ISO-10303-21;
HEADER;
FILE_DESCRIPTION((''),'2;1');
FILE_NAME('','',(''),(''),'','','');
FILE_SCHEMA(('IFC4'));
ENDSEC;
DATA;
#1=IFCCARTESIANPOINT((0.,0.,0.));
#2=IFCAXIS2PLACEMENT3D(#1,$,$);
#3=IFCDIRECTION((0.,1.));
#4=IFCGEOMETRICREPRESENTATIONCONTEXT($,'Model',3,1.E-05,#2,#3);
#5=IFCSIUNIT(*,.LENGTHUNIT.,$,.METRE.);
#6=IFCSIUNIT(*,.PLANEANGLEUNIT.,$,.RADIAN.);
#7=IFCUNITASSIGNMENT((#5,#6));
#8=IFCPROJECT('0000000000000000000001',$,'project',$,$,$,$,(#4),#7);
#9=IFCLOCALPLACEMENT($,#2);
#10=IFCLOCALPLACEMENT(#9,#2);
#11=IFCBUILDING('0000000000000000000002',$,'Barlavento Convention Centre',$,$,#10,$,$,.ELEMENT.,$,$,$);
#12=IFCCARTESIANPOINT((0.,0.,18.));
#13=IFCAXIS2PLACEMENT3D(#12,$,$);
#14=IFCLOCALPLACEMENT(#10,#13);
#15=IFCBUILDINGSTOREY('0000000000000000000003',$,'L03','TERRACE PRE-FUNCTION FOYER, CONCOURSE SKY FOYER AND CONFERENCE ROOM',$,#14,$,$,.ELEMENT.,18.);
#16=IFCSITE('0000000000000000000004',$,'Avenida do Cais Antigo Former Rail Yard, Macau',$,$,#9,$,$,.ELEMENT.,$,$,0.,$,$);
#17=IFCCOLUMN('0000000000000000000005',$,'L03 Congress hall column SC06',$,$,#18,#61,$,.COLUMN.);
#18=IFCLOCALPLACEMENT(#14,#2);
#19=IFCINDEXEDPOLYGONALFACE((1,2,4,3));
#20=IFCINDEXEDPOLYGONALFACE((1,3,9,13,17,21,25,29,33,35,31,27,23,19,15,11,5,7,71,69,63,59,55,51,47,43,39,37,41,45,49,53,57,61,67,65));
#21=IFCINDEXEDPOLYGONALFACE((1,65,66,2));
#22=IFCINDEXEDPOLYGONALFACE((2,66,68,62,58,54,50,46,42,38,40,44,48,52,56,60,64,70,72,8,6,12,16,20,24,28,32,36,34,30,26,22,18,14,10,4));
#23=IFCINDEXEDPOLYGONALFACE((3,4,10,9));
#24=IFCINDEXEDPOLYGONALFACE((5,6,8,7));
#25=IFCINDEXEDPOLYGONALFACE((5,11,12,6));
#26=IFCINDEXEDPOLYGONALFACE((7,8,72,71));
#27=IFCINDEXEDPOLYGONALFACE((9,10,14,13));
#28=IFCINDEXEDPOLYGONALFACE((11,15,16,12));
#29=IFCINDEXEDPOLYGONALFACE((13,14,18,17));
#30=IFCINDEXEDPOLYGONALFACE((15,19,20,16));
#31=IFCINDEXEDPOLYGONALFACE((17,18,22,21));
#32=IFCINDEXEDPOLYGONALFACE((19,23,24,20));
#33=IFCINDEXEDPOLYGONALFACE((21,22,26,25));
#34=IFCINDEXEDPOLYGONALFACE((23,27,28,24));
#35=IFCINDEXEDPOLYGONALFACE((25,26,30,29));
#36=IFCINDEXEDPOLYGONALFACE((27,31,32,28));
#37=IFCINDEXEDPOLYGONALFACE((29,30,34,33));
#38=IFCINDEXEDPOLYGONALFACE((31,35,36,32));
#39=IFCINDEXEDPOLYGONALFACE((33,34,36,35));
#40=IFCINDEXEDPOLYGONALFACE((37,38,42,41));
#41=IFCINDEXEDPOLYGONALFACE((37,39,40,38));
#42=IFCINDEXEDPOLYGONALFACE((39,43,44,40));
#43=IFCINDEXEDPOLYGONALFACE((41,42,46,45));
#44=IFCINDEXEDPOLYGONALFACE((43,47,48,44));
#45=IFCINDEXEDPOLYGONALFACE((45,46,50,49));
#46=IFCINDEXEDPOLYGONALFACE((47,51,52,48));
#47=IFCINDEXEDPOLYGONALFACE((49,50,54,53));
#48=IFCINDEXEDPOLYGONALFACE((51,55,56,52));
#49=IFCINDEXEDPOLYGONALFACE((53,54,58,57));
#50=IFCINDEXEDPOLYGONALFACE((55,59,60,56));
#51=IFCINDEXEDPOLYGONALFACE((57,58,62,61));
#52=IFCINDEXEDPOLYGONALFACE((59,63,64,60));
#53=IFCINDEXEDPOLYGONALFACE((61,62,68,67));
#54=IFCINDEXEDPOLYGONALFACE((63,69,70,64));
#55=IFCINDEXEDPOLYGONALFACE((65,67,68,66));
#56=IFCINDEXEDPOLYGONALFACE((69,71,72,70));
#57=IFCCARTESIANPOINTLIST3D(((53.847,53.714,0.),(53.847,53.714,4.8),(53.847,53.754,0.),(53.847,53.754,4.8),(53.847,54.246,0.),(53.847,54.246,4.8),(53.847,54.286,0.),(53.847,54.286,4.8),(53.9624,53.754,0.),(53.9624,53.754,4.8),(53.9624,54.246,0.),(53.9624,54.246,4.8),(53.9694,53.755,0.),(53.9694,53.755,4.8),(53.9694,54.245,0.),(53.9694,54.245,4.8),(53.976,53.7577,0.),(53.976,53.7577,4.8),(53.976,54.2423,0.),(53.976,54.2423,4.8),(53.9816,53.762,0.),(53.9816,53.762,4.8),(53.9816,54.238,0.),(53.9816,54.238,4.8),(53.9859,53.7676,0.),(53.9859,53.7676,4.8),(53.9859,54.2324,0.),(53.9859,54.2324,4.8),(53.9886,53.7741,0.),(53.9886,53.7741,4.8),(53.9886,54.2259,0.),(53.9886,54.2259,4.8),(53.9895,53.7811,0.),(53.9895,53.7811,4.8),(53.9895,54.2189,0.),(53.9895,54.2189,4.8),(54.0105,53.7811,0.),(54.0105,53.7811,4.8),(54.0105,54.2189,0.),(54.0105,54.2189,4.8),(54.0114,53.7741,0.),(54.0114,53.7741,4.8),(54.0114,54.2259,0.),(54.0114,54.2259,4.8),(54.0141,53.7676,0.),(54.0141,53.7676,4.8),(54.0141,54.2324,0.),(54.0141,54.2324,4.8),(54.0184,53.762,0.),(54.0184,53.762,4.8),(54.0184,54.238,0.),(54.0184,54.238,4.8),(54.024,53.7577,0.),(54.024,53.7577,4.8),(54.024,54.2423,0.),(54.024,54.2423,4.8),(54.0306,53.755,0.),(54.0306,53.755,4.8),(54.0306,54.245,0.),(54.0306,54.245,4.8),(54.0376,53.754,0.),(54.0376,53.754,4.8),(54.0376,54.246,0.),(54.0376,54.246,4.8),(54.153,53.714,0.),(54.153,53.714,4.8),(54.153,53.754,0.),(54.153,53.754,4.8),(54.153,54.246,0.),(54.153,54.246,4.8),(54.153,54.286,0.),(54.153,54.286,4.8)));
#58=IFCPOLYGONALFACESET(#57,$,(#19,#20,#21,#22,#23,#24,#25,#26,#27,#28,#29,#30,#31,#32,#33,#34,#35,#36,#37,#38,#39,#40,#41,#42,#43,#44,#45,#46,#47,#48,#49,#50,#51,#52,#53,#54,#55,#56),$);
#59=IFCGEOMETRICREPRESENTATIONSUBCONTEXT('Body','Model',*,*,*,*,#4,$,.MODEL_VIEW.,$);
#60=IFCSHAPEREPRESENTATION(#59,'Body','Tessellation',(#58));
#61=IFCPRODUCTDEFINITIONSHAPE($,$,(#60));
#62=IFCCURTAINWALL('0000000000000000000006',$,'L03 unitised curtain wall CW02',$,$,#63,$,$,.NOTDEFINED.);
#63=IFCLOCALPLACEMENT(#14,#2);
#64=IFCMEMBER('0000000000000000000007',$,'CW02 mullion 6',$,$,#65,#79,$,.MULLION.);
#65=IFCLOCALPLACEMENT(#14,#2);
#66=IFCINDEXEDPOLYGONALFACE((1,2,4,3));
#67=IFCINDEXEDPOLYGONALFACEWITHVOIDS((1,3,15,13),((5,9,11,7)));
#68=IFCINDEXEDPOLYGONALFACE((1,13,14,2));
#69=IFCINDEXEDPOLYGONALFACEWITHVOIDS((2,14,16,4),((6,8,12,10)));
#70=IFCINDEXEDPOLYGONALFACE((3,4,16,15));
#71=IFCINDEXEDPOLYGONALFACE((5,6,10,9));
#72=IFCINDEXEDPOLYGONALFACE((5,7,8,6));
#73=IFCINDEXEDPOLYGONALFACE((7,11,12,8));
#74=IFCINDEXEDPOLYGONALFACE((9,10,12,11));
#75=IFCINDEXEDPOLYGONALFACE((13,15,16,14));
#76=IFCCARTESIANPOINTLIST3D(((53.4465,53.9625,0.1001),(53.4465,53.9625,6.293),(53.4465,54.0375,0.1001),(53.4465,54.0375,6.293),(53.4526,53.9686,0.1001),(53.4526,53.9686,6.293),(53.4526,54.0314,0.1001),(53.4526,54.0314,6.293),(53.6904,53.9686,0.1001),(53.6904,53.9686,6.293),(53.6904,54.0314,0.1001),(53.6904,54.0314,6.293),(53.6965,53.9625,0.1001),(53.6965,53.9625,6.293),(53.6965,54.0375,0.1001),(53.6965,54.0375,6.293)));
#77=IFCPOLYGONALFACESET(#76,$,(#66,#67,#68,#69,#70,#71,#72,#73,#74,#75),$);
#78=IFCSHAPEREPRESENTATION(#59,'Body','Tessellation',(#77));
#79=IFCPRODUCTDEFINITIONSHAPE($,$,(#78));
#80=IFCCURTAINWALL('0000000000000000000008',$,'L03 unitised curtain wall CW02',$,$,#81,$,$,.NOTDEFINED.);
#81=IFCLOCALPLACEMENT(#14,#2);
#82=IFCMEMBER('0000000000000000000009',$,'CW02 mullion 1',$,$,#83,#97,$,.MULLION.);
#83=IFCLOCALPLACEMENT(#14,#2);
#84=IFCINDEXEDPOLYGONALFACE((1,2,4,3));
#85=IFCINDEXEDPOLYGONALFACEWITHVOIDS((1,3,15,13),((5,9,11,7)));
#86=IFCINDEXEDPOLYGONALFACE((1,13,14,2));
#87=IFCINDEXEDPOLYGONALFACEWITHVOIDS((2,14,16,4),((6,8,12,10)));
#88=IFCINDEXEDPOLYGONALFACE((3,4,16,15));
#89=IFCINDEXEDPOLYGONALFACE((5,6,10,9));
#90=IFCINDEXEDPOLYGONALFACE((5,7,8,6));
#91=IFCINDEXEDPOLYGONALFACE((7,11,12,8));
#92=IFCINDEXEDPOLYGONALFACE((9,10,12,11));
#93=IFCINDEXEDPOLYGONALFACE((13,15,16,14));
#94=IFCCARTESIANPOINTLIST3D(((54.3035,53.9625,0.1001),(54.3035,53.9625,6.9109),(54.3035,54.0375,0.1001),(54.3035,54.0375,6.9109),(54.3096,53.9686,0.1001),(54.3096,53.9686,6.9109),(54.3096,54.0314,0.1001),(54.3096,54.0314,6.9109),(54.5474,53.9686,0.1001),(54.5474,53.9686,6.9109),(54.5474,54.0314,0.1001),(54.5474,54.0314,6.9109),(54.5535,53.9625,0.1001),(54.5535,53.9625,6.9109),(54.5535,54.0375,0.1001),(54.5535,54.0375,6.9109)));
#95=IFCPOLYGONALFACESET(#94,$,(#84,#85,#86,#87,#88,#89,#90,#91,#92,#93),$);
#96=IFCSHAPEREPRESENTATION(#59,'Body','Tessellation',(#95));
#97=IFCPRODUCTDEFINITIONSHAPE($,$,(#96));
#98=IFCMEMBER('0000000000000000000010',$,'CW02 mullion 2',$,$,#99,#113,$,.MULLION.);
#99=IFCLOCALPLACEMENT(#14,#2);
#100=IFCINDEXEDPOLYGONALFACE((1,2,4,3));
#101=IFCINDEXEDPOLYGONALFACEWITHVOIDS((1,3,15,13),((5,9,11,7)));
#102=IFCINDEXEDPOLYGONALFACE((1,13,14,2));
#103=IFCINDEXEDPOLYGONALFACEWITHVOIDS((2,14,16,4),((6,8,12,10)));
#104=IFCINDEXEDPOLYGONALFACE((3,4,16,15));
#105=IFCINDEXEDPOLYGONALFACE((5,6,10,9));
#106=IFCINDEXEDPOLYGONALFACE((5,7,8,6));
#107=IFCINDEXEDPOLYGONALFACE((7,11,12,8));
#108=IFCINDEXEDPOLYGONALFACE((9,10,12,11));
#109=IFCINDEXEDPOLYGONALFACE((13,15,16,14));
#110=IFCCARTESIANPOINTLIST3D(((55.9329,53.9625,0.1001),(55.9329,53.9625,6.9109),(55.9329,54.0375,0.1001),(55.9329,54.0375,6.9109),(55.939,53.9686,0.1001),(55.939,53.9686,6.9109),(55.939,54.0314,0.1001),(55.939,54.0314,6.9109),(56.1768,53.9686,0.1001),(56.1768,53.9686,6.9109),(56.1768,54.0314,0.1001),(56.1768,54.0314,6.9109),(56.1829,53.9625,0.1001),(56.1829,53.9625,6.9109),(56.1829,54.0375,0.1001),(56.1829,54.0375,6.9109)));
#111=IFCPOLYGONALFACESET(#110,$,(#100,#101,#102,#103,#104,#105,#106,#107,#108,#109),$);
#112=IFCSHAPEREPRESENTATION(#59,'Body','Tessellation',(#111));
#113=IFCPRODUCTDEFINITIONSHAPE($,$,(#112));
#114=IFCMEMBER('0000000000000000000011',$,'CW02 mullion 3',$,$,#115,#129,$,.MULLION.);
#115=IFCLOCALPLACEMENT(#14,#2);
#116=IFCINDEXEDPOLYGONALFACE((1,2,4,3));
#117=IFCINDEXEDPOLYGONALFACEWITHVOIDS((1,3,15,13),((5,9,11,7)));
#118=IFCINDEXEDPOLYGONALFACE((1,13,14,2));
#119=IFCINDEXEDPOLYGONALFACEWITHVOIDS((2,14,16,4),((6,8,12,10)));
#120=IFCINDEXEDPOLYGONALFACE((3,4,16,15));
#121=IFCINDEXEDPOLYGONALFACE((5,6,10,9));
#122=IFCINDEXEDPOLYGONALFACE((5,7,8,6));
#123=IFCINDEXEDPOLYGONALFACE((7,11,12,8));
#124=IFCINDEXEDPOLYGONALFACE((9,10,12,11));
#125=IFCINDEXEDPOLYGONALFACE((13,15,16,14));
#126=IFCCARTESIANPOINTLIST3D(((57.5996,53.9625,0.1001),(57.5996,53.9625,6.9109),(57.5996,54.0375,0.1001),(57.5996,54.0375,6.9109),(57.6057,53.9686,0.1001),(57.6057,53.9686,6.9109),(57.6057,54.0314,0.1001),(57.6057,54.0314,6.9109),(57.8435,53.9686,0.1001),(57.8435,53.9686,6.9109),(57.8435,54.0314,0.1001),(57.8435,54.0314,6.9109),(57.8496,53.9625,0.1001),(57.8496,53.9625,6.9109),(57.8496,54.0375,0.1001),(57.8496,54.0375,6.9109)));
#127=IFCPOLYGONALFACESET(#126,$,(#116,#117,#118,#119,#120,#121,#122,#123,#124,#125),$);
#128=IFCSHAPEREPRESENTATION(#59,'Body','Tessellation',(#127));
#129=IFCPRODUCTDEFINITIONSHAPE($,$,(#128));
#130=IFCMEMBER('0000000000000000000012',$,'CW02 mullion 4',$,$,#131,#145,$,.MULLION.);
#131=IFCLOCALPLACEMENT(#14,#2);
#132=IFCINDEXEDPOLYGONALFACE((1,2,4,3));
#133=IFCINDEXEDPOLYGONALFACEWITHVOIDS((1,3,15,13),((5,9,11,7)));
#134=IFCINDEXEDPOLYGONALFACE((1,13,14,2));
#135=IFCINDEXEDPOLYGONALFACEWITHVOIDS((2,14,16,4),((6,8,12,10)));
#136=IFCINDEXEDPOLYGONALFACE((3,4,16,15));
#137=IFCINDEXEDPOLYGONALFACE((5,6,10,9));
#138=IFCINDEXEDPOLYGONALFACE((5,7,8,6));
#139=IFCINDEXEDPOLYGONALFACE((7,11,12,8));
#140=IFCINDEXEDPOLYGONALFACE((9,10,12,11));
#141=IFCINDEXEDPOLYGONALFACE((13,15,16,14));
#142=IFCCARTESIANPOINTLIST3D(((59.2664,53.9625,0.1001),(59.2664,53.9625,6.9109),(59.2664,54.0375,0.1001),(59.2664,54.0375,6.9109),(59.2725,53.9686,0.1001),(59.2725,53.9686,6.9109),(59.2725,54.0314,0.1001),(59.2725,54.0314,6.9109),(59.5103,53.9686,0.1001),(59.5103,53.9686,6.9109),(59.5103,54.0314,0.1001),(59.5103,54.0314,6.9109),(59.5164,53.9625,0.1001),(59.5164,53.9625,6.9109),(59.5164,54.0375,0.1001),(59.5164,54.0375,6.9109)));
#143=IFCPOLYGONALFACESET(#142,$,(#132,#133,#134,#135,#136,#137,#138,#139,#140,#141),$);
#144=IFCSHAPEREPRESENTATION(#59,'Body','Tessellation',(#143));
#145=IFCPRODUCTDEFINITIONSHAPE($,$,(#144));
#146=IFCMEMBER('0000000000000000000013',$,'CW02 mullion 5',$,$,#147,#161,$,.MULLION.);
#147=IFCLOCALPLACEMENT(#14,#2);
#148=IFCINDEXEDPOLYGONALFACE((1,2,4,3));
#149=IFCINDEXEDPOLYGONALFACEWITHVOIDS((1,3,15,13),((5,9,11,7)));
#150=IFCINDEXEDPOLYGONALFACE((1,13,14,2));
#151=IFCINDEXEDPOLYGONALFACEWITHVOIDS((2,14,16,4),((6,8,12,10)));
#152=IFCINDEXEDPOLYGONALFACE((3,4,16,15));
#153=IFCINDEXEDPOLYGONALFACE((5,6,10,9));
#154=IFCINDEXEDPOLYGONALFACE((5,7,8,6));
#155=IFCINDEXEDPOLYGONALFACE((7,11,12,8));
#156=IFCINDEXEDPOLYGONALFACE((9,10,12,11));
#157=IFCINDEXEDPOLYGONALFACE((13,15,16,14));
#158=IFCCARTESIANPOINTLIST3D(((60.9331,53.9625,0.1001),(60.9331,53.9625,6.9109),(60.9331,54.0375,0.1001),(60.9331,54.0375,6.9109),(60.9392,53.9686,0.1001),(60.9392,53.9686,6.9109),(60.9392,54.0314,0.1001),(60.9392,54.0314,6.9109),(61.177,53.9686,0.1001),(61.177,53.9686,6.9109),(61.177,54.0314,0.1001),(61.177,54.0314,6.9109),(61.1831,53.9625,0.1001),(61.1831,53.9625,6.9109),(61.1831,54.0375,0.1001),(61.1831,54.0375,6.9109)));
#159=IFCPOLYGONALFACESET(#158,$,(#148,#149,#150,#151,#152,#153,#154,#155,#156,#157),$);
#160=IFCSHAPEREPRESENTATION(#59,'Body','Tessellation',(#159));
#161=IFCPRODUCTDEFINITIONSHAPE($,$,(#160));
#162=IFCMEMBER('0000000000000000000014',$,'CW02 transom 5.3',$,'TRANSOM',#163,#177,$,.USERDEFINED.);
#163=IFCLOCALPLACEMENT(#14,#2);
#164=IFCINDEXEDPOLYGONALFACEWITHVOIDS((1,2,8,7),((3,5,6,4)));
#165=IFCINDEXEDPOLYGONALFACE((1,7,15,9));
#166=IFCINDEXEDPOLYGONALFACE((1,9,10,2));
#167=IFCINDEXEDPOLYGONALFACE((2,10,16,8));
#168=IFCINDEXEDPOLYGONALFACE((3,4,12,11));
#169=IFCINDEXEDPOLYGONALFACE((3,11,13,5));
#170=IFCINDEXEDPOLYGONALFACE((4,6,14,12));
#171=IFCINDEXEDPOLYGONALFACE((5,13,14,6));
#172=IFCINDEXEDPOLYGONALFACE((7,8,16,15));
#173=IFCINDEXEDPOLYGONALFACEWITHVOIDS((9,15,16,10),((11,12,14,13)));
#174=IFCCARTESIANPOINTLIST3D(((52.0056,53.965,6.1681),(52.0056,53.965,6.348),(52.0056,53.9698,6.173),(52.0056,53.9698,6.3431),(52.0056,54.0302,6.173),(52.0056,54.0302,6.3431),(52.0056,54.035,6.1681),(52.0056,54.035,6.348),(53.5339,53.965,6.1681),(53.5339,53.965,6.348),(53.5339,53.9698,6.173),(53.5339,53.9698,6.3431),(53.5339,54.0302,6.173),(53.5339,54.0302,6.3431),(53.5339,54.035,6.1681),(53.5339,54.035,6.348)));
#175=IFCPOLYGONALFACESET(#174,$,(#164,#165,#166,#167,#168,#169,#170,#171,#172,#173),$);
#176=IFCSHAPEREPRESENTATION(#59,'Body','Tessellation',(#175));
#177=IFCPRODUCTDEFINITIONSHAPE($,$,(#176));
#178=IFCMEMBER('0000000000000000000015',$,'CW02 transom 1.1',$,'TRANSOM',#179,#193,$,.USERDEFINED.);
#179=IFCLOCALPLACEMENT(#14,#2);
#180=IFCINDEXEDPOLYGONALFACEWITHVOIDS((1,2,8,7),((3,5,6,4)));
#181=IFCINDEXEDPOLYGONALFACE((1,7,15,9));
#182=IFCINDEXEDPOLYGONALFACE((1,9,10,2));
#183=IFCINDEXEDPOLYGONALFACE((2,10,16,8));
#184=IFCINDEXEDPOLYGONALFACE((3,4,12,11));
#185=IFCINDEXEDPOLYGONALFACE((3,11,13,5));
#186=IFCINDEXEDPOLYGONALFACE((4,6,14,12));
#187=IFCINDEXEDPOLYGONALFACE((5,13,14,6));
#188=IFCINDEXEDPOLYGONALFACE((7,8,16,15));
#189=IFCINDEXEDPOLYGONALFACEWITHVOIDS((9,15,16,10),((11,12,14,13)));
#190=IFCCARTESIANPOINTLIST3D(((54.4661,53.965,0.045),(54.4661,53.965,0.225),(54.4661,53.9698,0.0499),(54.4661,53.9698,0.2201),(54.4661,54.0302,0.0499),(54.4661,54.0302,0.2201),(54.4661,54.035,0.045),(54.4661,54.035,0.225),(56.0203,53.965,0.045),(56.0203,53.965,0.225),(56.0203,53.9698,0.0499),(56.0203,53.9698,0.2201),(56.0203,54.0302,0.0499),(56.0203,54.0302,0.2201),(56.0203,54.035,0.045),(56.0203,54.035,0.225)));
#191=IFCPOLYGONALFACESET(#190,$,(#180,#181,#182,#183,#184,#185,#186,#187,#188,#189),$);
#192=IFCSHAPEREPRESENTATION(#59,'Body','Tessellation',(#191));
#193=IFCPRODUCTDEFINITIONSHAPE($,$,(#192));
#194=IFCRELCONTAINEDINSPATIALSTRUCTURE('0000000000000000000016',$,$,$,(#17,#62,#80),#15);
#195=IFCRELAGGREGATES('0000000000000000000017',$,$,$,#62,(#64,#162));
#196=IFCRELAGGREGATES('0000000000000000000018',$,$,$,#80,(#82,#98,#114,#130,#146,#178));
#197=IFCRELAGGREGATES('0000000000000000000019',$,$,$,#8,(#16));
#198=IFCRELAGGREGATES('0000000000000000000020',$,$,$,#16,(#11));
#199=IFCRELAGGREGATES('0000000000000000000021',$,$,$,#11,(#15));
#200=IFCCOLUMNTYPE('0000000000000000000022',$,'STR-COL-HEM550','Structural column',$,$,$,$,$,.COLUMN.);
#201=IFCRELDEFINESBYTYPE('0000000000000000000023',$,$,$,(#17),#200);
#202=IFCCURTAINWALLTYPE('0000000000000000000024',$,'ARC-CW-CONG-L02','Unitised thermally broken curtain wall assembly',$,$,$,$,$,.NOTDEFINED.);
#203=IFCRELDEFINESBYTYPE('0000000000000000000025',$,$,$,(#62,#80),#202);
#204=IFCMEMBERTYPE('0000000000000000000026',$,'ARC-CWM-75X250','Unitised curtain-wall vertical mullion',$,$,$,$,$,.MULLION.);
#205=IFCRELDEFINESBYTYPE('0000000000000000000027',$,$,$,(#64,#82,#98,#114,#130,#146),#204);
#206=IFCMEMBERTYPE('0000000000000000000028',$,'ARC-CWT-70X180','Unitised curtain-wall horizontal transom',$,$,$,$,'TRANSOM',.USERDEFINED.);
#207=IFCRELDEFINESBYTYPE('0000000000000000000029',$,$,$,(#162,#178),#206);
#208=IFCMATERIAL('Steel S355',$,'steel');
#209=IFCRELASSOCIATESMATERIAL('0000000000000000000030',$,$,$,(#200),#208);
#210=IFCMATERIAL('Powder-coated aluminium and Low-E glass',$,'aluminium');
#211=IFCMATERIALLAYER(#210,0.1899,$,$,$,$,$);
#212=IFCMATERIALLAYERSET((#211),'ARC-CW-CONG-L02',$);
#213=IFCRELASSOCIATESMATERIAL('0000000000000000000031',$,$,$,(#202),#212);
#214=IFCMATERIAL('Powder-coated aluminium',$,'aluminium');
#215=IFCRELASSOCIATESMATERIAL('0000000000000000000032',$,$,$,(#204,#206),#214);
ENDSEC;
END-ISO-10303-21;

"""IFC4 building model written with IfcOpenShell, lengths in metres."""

from ifc_helpers import new_model, si_unit, direction, frame, origin, origin_2d, place, context, subcontext, project, spatial, hollow_rectangle, i_section, extrude, material, layer, layer_set, material_profile, profile_set, type_object, element, aggregate, save


model = new_model("IFC4")

# Units and contexts
model_context = context("Model", 3, precision=1e-05, world=origin(), true_north=direction((0.0, 1.0)))
body_context = subcontext(model_context, "Body", "Model", "MODEL_VIEW")
ifc_project = project(units=[si_unit("LENGTHUNIT", "METRE"), si_unit("PLANEANGLEUNIT", "RADIAN")], contexts=[model_context])

# Site, building, storey
site_placement = place(None, origin())
site = spatial("IfcSite", under=ifc_project, at=site_placement, Name="Avenida do Cais Antigo Former Rail Yard, Macau", CompositionType="ELEMENT", RefElevation=0.0)
building_placement = place(site_placement, origin())
building = spatial("IfcBuilding", under=site, at=building_placement, Name="Barlavento Convention Centre", CompositionType="ELEMENT")
storey_placement = place(building_placement, frame((0.0, 0.0, 18.0)))
storey = spatial("IfcBuildingStorey", under=building, at=storey_placement, Name="L03", Description="TERRACE PRE-FUNCTION FOYER, CONCOURSE SKY FOYER AND CONFERENCE ROOM", CompositionType="ELEMENT", Elevation=18.0)

# Column
ifc_material_1 = material(Name="Steel S355", Category="steel")
ifc_material_profile_1 = material_profile(ifc_material_1, i_section(OverallWidth=0.3059, OverallDepth=0.572, WebThickness=0.021, FlangeThickness=0.04, FilletRadius=0.0271, at=origin_2d()), Name="HEM 550")
ifc_profile_set_1 = profile_set([ifc_material_profile_1], Name="Steel S355")
column_type = type_object("IfcColumnType", Name="STR-COL-HEM550", Description="Structural column", PredefinedType="COLUMN", material=ifc_profile_set_1)
column_placement = place(storey_placement, frame((54.0, 54.0, 0.0), z_axis=(0.0, 0.0, 1.0), x_axis=(1.0, 0.0, 0.0)))
element("IfcColumn", 1, at=column_placement, inside=storey, type_object=column_type, Name="L03 Congress hall column SC06", PredefinedType="COLUMN", context=body_context, shape_type="SweptSolid", body=[
    extrude(i_section(OverallWidth=0.3059, OverallDepth=0.572, WebThickness=0.021, FlangeThickness=0.04, FilletRadius=0.0271, at=origin_2d()), origin(), (0.0, 0.0, 1.0), 4.8),
])

# Curtain wall, member
ifc_material_2 = material(Name="Powder-coated aluminium and Low-E glass", Category="aluminium")
ifc_layer_1 = layer(ifc_material_2, 0.1899)
ifc_layer_set_1 = layer_set([ifc_layer_1], Name="ARC-CW-CONG-L02")
curtain_wall_type = type_object("IfcCurtainWallType", Name="ARC-CW-CONG-L02", Description="Unitised thermally broken curtain wall assembly", PredefinedType="NOTDEFINED", material=ifc_layer_set_1)
curtain_wall_1_placement = place(storey_placement, origin())
curtain_wall_1 = element("IfcCurtainWall", 2, at=curtain_wall_1_placement, inside=storey, type_object=curtain_wall_type, Name="L03 unitised curtain wall CW02", PredefinedType="NOTDEFINED")
ifc_material_3 = material(Name="Powder-coated aluminium", Category="aluminium")
ifc_material_profile_2 = material_profile(ifc_material_3, hollow_rectangle(XDim=0.075, YDim=0.25, WallThickness=0.0061, at=origin_2d()), Name="AL-MULL 75x250x6")
ifc_profile_set_2 = profile_set([ifc_material_profile_2], Name="Powder-coated aluminium")
member_type_1 = type_object("IfcMemberType", Name="ARC-CWM-75X250", Description="Unitised curtain-wall vertical mullion", PredefinedType="MULLION", material=ifc_profile_set_2)
member_1_placement = place(storey_placement, frame((53.5715, 54.0, 0.1001), z_axis=(0.0, 0.0, 1.0), x_axis=(0.0, 1.0, 0.0)))
member_1 = element("IfcMember", 3, at=member_1_placement, type_object=member_type_1, Name="CW02 mullion 6", PredefinedType="MULLION", context=body_context, shape_type="SweptSolid", body=[
    extrude(hollow_rectangle(XDim=0.075, YDim=0.25, WallThickness=0.0061, at=origin_2d()), origin(), (0.0, 0.0, 1.0), 6.1929),
])

# Curtain wall, members
curtain_wall_2_placement = place(storey_placement, origin())
curtain_wall_2 = element("IfcCurtainWall", 4, at=curtain_wall_2_placement, inside=storey, type_object=curtain_wall_type, Name="L03 unitised curtain wall CW02", PredefinedType="NOTDEFINED")
member_2_placement = place(storey_placement, frame((54.4285, 54.0, 0.1001), z_axis=(0.0, 0.0, 1.0), x_axis=(0.0, 1.0, 0.0)))
member_2 = element("IfcMember", 5, at=member_2_placement, type_object=member_type_1, Name="CW02 mullion 1", PredefinedType="MULLION", context=body_context, shape_type="SweptSolid", body=[
    extrude(hollow_rectangle(XDim=0.075, YDim=0.25, WallThickness=0.0061, at=origin_2d()), origin(), (0.0, 0.0, 1.0), 6.8108),
])
member_3_placement = place(storey_placement, frame((56.0579, 54.0, 0.1001), z_axis=(0.0, 0.0, 1.0), x_axis=(0.0, 1.0, 0.0)))
member_3 = element("IfcMember", 6, at=member_3_placement, type_object=member_type_1, Name="CW02 mullion 2", PredefinedType="MULLION", context=body_context, shape_type="SweptSolid", body=[
    extrude(hollow_rectangle(XDim=0.075, YDim=0.25, WallThickness=0.0061, at=origin_2d()), origin(), (0.0, 0.0, 1.0), 6.8108),
])
member_4_placement = place(storey_placement, frame((57.7246, 54.0, 0.1001), z_axis=(0.0, 0.0, 1.0), x_axis=(0.0, 1.0, 0.0)))
member_4 = element("IfcMember", 7, at=member_4_placement, type_object=member_type_1, Name="CW02 mullion 3", PredefinedType="MULLION", context=body_context, shape_type="SweptSolid", body=[
    extrude(hollow_rectangle(XDim=0.075, YDim=0.25, WallThickness=0.0061, at=origin_2d()), origin(), (0.0, 0.0, 1.0), 6.8108),
])
member_5_placement = place(storey_placement, frame((59.3914, 54.0, 0.1001), z_axis=(0.0, 0.0, 1.0), x_axis=(0.0, 1.0, 0.0)))
member_5 = element("IfcMember", 8, at=member_5_placement, type_object=member_type_1, Name="CW02 mullion 4", PredefinedType="MULLION", context=body_context, shape_type="SweptSolid", body=[
    extrude(hollow_rectangle(XDim=0.075, YDim=0.25, WallThickness=0.0061, at=origin_2d()), origin(), (0.0, 0.0, 1.0), 6.8108),
])
member_6_placement = place(storey_placement, frame((61.0581, 54.0, 0.1001), z_axis=(0.0, 0.0, 1.0), x_axis=(0.0, 1.0, 0.0)))
member_6 = element("IfcMember", 9, at=member_6_placement, type_object=member_type_1, Name="CW02 mullion 5", PredefinedType="MULLION", context=body_context, shape_type="SweptSolid", body=[
    extrude(hollow_rectangle(XDim=0.075, YDim=0.25, WallThickness=0.0061, at=origin_2d()), origin(), (0.0, 0.0, 1.0), 6.8108),
])

# Members
ifc_material_profile_3 = material_profile(ifc_material_3, hollow_rectangle(XDim=0.0701, YDim=0.1799, WallThickness=0.0049, at=origin_2d()), Name="AL-TRAN 70x180x5")
ifc_profile_set_3 = profile_set([ifc_material_profile_3], Name="Powder-coated aluminium")
member_type_2 = type_object("IfcMemberType", Name="ARC-CWT-70X180", Description="Unitised curtain-wall horizontal transom", ElementType="TRANSOM", PredefinedType="USERDEFINED", material=ifc_profile_set_3)
member_7_placement = place(storey_placement, frame((52.0056, 54.0, 6.2581), z_axis=(1.0, 0.0, 0.0), x_axis=(0.0, 1.0, 0.0)))
member_7 = element("IfcMember", 10, at=member_7_placement, type_object=member_type_2, Name="CW02 transom 5.3", ObjectType="TRANSOM", PredefinedType="USERDEFINED", context=body_context, shape_type="SweptSolid", body=[
    extrude(hollow_rectangle(XDim=0.0701, YDim=0.1799, WallThickness=0.0049, at=origin_2d()), origin(), (0.0, 0.0, 1.0), 1.5283),
])
member_8_placement = place(storey_placement, frame((54.4661, 54.0, 0.135), z_axis=(1.0, 0.0, 0.0), x_axis=(0.0, 1.0, 0.0)))
member_8 = element("IfcMember", 11, at=member_8_placement, type_object=member_type_2, Name="CW02 transom 1.1", ObjectType="TRANSOM", PredefinedType="USERDEFINED", context=body_context, shape_type="SweptSolid", body=[
    extrude(hollow_rectangle(XDim=0.0701, YDim=0.1799, WallThickness=0.0049, at=origin_2d()), origin(), (0.0, 0.0, 1.0), 1.5542),
])

aggregate(curtain_wall_1, [member_1, member_7])
aggregate(curtain_wall_2, [member_2, member_3, member_4, member_5, member_6, member_8])

save(model, "model.ifc")
